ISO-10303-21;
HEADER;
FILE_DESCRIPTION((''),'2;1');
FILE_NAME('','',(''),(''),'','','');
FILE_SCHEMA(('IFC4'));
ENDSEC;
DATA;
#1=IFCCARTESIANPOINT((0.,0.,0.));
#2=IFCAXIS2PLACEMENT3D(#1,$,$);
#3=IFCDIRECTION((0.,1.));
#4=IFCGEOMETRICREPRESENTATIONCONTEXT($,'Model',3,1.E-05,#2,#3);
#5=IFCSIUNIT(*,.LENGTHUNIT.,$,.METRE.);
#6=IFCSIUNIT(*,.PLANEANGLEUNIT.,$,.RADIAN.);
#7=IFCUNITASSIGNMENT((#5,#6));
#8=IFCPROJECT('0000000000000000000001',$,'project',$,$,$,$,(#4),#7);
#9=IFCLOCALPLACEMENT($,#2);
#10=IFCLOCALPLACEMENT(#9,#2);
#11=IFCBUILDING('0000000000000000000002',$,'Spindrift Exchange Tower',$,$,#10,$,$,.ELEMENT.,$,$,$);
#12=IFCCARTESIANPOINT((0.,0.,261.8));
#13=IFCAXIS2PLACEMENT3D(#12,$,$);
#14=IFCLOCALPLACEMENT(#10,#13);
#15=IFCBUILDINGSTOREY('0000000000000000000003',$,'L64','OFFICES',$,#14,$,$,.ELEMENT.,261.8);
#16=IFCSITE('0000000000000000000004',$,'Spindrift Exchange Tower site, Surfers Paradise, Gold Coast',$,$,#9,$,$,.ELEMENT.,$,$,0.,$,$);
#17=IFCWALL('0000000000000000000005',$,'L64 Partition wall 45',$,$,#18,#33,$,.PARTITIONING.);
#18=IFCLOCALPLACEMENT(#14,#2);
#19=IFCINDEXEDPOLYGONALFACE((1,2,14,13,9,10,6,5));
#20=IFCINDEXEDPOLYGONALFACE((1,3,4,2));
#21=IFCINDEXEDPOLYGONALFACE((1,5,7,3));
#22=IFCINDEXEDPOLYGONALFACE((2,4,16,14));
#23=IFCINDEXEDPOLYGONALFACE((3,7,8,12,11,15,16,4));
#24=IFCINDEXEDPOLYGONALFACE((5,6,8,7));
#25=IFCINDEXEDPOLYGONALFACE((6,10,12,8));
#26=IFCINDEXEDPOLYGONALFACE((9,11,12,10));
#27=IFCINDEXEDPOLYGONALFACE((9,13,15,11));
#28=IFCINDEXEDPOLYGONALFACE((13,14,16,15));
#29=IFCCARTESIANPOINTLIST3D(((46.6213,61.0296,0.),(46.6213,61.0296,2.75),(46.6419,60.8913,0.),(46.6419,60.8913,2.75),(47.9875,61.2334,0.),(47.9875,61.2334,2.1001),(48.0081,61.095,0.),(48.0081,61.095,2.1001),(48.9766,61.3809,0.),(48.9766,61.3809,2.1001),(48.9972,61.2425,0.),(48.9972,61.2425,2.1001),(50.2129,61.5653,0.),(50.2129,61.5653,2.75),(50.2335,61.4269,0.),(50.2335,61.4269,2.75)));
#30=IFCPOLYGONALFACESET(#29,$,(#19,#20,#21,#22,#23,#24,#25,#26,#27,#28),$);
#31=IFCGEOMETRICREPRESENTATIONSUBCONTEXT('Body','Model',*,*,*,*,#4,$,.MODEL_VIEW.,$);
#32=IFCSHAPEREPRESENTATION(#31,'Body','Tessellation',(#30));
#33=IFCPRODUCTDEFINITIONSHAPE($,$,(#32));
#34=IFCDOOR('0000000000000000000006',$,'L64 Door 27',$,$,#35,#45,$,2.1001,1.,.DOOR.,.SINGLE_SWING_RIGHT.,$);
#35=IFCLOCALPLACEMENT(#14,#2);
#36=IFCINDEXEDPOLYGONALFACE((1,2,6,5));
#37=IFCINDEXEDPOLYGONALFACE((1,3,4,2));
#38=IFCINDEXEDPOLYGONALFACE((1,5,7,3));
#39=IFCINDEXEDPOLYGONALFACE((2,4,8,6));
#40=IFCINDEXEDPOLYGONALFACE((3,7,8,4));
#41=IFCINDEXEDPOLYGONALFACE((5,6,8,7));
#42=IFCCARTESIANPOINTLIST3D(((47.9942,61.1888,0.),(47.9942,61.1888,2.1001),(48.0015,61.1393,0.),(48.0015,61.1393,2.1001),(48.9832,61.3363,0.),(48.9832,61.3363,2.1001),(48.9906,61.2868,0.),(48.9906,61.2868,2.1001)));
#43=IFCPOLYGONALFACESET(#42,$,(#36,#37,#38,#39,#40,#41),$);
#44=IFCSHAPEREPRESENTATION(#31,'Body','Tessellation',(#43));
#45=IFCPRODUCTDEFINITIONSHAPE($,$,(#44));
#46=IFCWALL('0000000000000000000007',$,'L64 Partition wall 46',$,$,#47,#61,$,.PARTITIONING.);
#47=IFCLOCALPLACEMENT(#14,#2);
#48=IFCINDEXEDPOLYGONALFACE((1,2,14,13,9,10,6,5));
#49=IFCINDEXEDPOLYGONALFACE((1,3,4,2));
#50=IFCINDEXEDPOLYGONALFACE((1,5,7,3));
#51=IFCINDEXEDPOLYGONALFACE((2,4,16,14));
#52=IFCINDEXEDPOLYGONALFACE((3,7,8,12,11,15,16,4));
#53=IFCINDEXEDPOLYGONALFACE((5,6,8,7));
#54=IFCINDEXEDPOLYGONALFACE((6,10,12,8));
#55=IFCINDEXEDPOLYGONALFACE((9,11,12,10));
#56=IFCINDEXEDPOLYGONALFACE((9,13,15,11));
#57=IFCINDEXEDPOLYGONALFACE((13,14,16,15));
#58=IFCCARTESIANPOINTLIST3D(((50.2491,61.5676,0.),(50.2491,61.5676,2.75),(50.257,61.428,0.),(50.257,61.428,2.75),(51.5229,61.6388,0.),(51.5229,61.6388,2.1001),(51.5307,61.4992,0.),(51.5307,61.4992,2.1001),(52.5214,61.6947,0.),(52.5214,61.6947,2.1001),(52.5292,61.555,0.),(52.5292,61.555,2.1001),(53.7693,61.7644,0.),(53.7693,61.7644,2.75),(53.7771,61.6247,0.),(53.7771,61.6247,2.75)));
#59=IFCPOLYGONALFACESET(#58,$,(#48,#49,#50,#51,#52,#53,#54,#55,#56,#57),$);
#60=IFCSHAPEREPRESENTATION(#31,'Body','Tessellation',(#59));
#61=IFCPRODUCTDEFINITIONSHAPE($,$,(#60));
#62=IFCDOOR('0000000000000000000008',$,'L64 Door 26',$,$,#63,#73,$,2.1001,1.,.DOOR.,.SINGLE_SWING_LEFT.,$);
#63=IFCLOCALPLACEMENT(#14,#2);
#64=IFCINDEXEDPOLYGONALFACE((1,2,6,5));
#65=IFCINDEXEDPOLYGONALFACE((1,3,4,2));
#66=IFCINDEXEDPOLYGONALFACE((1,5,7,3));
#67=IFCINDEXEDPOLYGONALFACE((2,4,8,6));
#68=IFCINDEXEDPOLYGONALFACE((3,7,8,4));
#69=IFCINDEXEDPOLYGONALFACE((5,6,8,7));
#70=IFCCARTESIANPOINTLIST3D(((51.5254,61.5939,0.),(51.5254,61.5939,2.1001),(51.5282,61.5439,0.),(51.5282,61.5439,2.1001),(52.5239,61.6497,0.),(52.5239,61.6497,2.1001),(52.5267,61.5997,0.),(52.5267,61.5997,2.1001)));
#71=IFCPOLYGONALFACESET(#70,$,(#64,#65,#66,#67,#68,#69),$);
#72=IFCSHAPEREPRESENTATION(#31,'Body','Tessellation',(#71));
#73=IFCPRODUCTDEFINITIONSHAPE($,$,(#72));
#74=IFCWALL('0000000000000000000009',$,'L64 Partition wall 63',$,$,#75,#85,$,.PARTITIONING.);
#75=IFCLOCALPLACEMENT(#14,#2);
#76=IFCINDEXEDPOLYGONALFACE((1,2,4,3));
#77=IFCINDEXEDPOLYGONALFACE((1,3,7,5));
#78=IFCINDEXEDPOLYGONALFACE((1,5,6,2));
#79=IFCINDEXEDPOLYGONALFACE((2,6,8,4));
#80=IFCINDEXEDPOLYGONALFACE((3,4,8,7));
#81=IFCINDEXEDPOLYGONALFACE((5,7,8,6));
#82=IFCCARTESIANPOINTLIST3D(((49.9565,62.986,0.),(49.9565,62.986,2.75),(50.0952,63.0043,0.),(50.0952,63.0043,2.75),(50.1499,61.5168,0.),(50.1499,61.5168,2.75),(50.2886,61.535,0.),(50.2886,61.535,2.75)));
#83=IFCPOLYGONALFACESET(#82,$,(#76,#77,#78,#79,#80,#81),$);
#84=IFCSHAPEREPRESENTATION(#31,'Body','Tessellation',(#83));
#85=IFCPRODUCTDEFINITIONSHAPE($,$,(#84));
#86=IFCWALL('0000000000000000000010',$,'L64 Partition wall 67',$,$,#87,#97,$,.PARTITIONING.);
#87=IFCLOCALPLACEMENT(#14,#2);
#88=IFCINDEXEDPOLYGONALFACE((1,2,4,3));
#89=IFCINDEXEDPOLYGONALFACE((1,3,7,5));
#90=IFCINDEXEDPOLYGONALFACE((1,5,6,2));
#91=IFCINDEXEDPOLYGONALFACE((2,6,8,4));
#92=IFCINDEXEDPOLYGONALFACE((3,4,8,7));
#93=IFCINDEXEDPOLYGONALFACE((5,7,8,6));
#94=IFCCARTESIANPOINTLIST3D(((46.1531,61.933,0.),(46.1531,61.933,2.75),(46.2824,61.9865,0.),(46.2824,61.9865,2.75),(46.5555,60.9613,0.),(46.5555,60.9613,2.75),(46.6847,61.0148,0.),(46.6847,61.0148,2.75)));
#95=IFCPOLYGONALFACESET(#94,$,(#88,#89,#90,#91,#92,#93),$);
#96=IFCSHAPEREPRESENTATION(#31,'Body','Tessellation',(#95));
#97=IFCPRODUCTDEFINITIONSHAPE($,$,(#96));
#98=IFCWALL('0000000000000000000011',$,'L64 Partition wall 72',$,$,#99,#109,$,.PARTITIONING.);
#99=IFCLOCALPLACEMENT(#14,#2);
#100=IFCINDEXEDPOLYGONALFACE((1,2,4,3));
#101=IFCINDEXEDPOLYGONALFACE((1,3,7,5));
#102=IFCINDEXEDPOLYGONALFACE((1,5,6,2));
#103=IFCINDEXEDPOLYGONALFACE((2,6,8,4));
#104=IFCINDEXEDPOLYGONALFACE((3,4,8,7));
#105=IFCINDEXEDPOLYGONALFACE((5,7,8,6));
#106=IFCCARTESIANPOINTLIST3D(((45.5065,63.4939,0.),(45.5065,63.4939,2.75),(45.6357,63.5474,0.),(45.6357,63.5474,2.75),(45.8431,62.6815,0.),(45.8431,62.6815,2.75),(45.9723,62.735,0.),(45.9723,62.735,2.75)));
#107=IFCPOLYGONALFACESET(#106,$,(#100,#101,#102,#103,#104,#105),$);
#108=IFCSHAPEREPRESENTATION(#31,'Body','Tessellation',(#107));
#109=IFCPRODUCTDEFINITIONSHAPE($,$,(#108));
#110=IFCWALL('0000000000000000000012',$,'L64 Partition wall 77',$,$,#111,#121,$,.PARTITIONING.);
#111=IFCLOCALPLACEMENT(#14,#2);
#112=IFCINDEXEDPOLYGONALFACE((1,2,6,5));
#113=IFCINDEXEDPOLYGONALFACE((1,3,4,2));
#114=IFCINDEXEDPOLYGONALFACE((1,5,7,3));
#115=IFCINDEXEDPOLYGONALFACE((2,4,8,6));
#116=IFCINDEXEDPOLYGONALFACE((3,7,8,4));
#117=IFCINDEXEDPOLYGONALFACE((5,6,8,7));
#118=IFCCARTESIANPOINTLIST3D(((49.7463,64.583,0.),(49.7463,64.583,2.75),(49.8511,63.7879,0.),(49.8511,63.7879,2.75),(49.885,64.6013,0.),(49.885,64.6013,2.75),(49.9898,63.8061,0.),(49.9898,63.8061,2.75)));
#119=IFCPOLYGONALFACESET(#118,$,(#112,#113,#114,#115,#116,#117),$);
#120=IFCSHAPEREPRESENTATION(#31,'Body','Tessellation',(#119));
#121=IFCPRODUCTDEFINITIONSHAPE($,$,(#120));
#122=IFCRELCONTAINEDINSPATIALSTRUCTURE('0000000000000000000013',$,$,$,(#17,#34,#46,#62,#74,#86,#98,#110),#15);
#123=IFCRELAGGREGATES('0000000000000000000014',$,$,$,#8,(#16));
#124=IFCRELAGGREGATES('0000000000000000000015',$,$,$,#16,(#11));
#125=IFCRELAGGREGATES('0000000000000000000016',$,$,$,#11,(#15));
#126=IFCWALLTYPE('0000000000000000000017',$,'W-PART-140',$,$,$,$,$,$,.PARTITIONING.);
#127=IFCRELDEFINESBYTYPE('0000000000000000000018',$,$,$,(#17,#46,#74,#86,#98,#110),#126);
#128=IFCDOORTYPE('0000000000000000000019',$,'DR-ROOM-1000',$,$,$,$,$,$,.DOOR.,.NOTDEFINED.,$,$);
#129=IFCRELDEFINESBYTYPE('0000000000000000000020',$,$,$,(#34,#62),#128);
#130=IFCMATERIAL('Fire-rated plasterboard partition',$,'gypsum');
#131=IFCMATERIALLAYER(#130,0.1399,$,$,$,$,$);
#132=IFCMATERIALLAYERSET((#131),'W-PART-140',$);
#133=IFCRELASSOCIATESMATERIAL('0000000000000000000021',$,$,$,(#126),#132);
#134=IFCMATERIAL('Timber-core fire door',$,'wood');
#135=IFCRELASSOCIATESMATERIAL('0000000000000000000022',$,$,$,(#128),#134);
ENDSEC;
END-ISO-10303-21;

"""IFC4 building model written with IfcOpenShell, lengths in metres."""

from ifc_helpers import new_model, si_unit, direction, frame, frame_2d, origin, place, context, subcontext, project, spatial, rectangle, extrude, source, transform, mapped, material, layer, layer_set, type_object, element, fill, save


model = new_model("IFC4")

# Units and contexts
model_context = context("Model", 3, precision=1e-05, world=origin(), true_north=direction((0.0, 1.0)))
body_context = subcontext(model_context, "Body", "Model", "MODEL_VIEW")
ifc_project = project(units=[si_unit("LENGTHUNIT", "METRE"), si_unit("PLANEANGLEUNIT", "RADIAN")], contexts=[model_context])

# Site, building, storey
site_placement = place(None, origin())
site = spatial("IfcSite", under=ifc_project, at=site_placement, Name="Spindrift Exchange Tower site, Surfers Paradise, Gold Coast", CompositionType="ELEMENT", RefElevation=0.0)
building_placement = place(site_placement, origin())
building = spatial("IfcBuilding", under=site, at=building_placement, Name="Spindrift Exchange Tower", CompositionType="ELEMENT")
storey_placement = place(building_placement, frame((0.0, 0.0, 261.8)))
storey = spatial("IfcBuildingStorey", under=building, at=storey_placement, Name="L64", Description="OFFICES", CompositionType="ELEMENT", Elevation=261.8)

# Walls, openings, doors
ifc_material_1 = material(Name="Fire-rated plasterboard partition", Category="gypsum")
ifc_layer_1 = layer(ifc_material_1, 0.1399)
ifc_layer_set_1 = layer_set([ifc_layer_1], Name="W-PART-140")
wall_type = type_object("IfcWallType", Name="W-PART-140", PredefinedType="PARTITIONING", material=ifc_layer_set_1)
wall_1_placement = place(storey_placement, frame((46.6316, 60.9604, 0.0), z_axis=(0.0, 0.0, 1.0), x_axis=(0.989061, 0.147509, 0.0)))
wall_1 = element("IfcWall", 1, at=wall_1_placement, inside=storey, type_object=wall_type, Name="L64 Partition wall 45", PredefinedType="PARTITIONING", context=body_context, shape_type="SweptSolid", body=[
    extrude(rectangle(XDim=3.6313, YDim=0.1399, at=frame_2d((1.8157, 0.0))), origin(), (0.0, 0.0, 1.0), 2.75),
])
opening_1_placement = place(wall_1_placement, frame((1.3813, 0.0, 0.0)))
opening_1 = element("IfcOpeningElement", 2, at=opening_1_placement, cuts=wall_1, PredefinedType="OPENING", context=body_context, shape_type="SweptSolid", body=[
    extrude(rectangle(XDim=1.0, YDim=2.1001, at=frame_2d((0.5, 1.05))), frame((0.0, 0.0798, 0.0), z_axis=(0.0, -1.0, 0.0), x_axis=(1.0, 0.0, 0.0)), (0.0, 0.0, 1.0), 0.1599),
])
ifc_material_2 = material(Name="Timber-core fire door", Category="wood")
door_type = type_object("IfcDoorType", Name="DR-ROOM-1000", OperationType="NOTDEFINED", PredefinedType="DOOR", material=ifc_material_2)
shared_shape_1 = source(origin(), body_context, "Body", "SweptSolid", [
    extrude(rectangle(XDim=1.0, YDim=2.1001, at=frame_2d((0.5, 1.05))), frame((0.0, 0.0249, 0.0), z_axis=(0.0, -1.0, 0.0), x_axis=(1.0, 0.0, 0.0)), (0.0, 0.0, 1.0), 0.05),
])
door_1_placement = place(opening_1_placement, origin())
door_1 = element("IfcDoor", 3, at=door_1_placement, inside=storey, type_object=door_type, Name="L64 Door 27", OperationType="SINGLE_SWING_RIGHT", OverallHeight=2.1001, OverallWidth=1.0, PredefinedType="DOOR", context=body_context, shape_type="MappedRepresentation", body=[
    mapped(shared_shape_1, transform((0.0, 0.0, 0.0), scale=1.0)),
])
fill(opening_1, door_1)
wall_2_placement = place(storey_placement, frame((50.2532, 61.4978, 0.0), z_axis=(0.0, 0.0, 1.0), x_axis=(0.998441, 0.055815, 0.0)))
wall_2 = element("IfcWall", 4, at=wall_2_placement, inside=storey, type_object=wall_type, Name="L64 Partition wall 46", PredefinedType="PARTITIONING", context=body_context, shape_type="SweptSolid", body=[
    extrude(rectangle(XDim=3.5256, YDim=0.1399, at=frame_2d((1.7627, 0.0))), origin(), (0.0, 0.0, 1.0), 2.75),
])
opening_2_placement = place(wall_2_placement, frame((1.2756, 0.0, 0.0)))
opening_2 = element("IfcOpeningElement", 5, at=opening_2_placement, cuts=wall_2, PredefinedType="OPENING", context=body_context, shape_type="SweptSolid", body=[
    extrude(rectangle(XDim=1.0, YDim=2.1001, at=frame_2d((0.5, 1.05))), frame((0.0, 0.0798, 0.0), z_axis=(0.0, -1.0, 0.0), x_axis=(1.0, 0.0, 0.0)), (0.0, 0.0, 1.0), 0.1599),
])
door_2_placement = place(opening_2_placement, origin())
door_2 = element("IfcDoor", 6, at=door_2_placement, inside=storey, type_object=door_type, Name="L64 Door 26", OperationType="SINGLE_SWING_LEFT", OverallHeight=2.1001, OverallWidth=1.0, PredefinedType="DOOR", context=body_context, shape_type="MappedRepresentation", body=[
    mapped(shared_shape_1, transform((0.0, 0.0, 0.0), scale=1.0)),
])
fill(opening_2, door_2)

# Walls
wall_3_placement = place(storey_placement, frame((50.2192, 61.5259, 0.0), z_axis=(0.0, 0.0, 1.0), x_axis=(-0.13048, 0.991451, 0.0)))
element("IfcWall", 7, at=wall_3_placement, inside=storey, type_object=wall_type, Name="L64 Partition wall 63", PredefinedType="PARTITIONING", context=body_context, shape_type="SweptSolid", body=[
    extrude(rectangle(XDim=1.4819, YDim=0.1399, at=frame_2d((0.741, 0.0))), origin(), (0.0, 0.0, 1.0), 2.75),
])
wall_4_placement = place(storey_placement, frame((46.6201, 60.988, 0.0), z_axis=(0.0, 0.0, 1.0), x_axis=(-0.38257, 0.923926, 0.0)))
element("IfcWall", 8, at=wall_4_placement, inside=storey, type_object=wall_type, Name="L64 Partition wall 67", PredefinedType="PARTITIONING", context=body_context, shape_type="SweptSolid", body=[
    extrude(rectangle(XDim=1.0518, YDim=0.1399, at=frame_2d((0.5259, 0.0))), origin(), (0.0, 0.0, 1.0), 2.75),
])
wall_5_placement = place(storey_placement, frame((45.9077, 62.7083, 0.0), z_axis=(0.0, 0.0, 1.0), x_axis=(-0.382801, 0.923831, 0.0)))
element("IfcWall", 9, at=wall_5_placement, inside=storey, type_object=wall_type, Name="L64 Partition wall 72", PredefinedType="PARTITIONING", context=body_context, shape_type="SweptSolid", body=[
    extrude(rectangle(XDim=0.8794, YDim=0.1399, at=frame_2d((0.4397, 0.0))), origin(), (0.0, 0.0, 1.0), 2.75),
])
wall_6_placement = place(storey_placement, frame((49.9204, 63.7971, 0.0), z_axis=(0.0, 0.0, 1.0), x_axis=(-0.130588, 0.991437, 0.0)))
element("IfcWall", 10, at=wall_6_placement, inside=storey, type_object=wall_type, Name="L64 Partition wall 77", PredefinedType="PARTITIONING", context=body_context, shape_type="SweptSolid", body=[
    extrude(rectangle(XDim=0.802, YDim=0.1399, at=frame_2d((0.4009, 0.0))), origin(), (0.0, 0.0, 1.0), 2.75),
])

save(model, "model.ifc")
